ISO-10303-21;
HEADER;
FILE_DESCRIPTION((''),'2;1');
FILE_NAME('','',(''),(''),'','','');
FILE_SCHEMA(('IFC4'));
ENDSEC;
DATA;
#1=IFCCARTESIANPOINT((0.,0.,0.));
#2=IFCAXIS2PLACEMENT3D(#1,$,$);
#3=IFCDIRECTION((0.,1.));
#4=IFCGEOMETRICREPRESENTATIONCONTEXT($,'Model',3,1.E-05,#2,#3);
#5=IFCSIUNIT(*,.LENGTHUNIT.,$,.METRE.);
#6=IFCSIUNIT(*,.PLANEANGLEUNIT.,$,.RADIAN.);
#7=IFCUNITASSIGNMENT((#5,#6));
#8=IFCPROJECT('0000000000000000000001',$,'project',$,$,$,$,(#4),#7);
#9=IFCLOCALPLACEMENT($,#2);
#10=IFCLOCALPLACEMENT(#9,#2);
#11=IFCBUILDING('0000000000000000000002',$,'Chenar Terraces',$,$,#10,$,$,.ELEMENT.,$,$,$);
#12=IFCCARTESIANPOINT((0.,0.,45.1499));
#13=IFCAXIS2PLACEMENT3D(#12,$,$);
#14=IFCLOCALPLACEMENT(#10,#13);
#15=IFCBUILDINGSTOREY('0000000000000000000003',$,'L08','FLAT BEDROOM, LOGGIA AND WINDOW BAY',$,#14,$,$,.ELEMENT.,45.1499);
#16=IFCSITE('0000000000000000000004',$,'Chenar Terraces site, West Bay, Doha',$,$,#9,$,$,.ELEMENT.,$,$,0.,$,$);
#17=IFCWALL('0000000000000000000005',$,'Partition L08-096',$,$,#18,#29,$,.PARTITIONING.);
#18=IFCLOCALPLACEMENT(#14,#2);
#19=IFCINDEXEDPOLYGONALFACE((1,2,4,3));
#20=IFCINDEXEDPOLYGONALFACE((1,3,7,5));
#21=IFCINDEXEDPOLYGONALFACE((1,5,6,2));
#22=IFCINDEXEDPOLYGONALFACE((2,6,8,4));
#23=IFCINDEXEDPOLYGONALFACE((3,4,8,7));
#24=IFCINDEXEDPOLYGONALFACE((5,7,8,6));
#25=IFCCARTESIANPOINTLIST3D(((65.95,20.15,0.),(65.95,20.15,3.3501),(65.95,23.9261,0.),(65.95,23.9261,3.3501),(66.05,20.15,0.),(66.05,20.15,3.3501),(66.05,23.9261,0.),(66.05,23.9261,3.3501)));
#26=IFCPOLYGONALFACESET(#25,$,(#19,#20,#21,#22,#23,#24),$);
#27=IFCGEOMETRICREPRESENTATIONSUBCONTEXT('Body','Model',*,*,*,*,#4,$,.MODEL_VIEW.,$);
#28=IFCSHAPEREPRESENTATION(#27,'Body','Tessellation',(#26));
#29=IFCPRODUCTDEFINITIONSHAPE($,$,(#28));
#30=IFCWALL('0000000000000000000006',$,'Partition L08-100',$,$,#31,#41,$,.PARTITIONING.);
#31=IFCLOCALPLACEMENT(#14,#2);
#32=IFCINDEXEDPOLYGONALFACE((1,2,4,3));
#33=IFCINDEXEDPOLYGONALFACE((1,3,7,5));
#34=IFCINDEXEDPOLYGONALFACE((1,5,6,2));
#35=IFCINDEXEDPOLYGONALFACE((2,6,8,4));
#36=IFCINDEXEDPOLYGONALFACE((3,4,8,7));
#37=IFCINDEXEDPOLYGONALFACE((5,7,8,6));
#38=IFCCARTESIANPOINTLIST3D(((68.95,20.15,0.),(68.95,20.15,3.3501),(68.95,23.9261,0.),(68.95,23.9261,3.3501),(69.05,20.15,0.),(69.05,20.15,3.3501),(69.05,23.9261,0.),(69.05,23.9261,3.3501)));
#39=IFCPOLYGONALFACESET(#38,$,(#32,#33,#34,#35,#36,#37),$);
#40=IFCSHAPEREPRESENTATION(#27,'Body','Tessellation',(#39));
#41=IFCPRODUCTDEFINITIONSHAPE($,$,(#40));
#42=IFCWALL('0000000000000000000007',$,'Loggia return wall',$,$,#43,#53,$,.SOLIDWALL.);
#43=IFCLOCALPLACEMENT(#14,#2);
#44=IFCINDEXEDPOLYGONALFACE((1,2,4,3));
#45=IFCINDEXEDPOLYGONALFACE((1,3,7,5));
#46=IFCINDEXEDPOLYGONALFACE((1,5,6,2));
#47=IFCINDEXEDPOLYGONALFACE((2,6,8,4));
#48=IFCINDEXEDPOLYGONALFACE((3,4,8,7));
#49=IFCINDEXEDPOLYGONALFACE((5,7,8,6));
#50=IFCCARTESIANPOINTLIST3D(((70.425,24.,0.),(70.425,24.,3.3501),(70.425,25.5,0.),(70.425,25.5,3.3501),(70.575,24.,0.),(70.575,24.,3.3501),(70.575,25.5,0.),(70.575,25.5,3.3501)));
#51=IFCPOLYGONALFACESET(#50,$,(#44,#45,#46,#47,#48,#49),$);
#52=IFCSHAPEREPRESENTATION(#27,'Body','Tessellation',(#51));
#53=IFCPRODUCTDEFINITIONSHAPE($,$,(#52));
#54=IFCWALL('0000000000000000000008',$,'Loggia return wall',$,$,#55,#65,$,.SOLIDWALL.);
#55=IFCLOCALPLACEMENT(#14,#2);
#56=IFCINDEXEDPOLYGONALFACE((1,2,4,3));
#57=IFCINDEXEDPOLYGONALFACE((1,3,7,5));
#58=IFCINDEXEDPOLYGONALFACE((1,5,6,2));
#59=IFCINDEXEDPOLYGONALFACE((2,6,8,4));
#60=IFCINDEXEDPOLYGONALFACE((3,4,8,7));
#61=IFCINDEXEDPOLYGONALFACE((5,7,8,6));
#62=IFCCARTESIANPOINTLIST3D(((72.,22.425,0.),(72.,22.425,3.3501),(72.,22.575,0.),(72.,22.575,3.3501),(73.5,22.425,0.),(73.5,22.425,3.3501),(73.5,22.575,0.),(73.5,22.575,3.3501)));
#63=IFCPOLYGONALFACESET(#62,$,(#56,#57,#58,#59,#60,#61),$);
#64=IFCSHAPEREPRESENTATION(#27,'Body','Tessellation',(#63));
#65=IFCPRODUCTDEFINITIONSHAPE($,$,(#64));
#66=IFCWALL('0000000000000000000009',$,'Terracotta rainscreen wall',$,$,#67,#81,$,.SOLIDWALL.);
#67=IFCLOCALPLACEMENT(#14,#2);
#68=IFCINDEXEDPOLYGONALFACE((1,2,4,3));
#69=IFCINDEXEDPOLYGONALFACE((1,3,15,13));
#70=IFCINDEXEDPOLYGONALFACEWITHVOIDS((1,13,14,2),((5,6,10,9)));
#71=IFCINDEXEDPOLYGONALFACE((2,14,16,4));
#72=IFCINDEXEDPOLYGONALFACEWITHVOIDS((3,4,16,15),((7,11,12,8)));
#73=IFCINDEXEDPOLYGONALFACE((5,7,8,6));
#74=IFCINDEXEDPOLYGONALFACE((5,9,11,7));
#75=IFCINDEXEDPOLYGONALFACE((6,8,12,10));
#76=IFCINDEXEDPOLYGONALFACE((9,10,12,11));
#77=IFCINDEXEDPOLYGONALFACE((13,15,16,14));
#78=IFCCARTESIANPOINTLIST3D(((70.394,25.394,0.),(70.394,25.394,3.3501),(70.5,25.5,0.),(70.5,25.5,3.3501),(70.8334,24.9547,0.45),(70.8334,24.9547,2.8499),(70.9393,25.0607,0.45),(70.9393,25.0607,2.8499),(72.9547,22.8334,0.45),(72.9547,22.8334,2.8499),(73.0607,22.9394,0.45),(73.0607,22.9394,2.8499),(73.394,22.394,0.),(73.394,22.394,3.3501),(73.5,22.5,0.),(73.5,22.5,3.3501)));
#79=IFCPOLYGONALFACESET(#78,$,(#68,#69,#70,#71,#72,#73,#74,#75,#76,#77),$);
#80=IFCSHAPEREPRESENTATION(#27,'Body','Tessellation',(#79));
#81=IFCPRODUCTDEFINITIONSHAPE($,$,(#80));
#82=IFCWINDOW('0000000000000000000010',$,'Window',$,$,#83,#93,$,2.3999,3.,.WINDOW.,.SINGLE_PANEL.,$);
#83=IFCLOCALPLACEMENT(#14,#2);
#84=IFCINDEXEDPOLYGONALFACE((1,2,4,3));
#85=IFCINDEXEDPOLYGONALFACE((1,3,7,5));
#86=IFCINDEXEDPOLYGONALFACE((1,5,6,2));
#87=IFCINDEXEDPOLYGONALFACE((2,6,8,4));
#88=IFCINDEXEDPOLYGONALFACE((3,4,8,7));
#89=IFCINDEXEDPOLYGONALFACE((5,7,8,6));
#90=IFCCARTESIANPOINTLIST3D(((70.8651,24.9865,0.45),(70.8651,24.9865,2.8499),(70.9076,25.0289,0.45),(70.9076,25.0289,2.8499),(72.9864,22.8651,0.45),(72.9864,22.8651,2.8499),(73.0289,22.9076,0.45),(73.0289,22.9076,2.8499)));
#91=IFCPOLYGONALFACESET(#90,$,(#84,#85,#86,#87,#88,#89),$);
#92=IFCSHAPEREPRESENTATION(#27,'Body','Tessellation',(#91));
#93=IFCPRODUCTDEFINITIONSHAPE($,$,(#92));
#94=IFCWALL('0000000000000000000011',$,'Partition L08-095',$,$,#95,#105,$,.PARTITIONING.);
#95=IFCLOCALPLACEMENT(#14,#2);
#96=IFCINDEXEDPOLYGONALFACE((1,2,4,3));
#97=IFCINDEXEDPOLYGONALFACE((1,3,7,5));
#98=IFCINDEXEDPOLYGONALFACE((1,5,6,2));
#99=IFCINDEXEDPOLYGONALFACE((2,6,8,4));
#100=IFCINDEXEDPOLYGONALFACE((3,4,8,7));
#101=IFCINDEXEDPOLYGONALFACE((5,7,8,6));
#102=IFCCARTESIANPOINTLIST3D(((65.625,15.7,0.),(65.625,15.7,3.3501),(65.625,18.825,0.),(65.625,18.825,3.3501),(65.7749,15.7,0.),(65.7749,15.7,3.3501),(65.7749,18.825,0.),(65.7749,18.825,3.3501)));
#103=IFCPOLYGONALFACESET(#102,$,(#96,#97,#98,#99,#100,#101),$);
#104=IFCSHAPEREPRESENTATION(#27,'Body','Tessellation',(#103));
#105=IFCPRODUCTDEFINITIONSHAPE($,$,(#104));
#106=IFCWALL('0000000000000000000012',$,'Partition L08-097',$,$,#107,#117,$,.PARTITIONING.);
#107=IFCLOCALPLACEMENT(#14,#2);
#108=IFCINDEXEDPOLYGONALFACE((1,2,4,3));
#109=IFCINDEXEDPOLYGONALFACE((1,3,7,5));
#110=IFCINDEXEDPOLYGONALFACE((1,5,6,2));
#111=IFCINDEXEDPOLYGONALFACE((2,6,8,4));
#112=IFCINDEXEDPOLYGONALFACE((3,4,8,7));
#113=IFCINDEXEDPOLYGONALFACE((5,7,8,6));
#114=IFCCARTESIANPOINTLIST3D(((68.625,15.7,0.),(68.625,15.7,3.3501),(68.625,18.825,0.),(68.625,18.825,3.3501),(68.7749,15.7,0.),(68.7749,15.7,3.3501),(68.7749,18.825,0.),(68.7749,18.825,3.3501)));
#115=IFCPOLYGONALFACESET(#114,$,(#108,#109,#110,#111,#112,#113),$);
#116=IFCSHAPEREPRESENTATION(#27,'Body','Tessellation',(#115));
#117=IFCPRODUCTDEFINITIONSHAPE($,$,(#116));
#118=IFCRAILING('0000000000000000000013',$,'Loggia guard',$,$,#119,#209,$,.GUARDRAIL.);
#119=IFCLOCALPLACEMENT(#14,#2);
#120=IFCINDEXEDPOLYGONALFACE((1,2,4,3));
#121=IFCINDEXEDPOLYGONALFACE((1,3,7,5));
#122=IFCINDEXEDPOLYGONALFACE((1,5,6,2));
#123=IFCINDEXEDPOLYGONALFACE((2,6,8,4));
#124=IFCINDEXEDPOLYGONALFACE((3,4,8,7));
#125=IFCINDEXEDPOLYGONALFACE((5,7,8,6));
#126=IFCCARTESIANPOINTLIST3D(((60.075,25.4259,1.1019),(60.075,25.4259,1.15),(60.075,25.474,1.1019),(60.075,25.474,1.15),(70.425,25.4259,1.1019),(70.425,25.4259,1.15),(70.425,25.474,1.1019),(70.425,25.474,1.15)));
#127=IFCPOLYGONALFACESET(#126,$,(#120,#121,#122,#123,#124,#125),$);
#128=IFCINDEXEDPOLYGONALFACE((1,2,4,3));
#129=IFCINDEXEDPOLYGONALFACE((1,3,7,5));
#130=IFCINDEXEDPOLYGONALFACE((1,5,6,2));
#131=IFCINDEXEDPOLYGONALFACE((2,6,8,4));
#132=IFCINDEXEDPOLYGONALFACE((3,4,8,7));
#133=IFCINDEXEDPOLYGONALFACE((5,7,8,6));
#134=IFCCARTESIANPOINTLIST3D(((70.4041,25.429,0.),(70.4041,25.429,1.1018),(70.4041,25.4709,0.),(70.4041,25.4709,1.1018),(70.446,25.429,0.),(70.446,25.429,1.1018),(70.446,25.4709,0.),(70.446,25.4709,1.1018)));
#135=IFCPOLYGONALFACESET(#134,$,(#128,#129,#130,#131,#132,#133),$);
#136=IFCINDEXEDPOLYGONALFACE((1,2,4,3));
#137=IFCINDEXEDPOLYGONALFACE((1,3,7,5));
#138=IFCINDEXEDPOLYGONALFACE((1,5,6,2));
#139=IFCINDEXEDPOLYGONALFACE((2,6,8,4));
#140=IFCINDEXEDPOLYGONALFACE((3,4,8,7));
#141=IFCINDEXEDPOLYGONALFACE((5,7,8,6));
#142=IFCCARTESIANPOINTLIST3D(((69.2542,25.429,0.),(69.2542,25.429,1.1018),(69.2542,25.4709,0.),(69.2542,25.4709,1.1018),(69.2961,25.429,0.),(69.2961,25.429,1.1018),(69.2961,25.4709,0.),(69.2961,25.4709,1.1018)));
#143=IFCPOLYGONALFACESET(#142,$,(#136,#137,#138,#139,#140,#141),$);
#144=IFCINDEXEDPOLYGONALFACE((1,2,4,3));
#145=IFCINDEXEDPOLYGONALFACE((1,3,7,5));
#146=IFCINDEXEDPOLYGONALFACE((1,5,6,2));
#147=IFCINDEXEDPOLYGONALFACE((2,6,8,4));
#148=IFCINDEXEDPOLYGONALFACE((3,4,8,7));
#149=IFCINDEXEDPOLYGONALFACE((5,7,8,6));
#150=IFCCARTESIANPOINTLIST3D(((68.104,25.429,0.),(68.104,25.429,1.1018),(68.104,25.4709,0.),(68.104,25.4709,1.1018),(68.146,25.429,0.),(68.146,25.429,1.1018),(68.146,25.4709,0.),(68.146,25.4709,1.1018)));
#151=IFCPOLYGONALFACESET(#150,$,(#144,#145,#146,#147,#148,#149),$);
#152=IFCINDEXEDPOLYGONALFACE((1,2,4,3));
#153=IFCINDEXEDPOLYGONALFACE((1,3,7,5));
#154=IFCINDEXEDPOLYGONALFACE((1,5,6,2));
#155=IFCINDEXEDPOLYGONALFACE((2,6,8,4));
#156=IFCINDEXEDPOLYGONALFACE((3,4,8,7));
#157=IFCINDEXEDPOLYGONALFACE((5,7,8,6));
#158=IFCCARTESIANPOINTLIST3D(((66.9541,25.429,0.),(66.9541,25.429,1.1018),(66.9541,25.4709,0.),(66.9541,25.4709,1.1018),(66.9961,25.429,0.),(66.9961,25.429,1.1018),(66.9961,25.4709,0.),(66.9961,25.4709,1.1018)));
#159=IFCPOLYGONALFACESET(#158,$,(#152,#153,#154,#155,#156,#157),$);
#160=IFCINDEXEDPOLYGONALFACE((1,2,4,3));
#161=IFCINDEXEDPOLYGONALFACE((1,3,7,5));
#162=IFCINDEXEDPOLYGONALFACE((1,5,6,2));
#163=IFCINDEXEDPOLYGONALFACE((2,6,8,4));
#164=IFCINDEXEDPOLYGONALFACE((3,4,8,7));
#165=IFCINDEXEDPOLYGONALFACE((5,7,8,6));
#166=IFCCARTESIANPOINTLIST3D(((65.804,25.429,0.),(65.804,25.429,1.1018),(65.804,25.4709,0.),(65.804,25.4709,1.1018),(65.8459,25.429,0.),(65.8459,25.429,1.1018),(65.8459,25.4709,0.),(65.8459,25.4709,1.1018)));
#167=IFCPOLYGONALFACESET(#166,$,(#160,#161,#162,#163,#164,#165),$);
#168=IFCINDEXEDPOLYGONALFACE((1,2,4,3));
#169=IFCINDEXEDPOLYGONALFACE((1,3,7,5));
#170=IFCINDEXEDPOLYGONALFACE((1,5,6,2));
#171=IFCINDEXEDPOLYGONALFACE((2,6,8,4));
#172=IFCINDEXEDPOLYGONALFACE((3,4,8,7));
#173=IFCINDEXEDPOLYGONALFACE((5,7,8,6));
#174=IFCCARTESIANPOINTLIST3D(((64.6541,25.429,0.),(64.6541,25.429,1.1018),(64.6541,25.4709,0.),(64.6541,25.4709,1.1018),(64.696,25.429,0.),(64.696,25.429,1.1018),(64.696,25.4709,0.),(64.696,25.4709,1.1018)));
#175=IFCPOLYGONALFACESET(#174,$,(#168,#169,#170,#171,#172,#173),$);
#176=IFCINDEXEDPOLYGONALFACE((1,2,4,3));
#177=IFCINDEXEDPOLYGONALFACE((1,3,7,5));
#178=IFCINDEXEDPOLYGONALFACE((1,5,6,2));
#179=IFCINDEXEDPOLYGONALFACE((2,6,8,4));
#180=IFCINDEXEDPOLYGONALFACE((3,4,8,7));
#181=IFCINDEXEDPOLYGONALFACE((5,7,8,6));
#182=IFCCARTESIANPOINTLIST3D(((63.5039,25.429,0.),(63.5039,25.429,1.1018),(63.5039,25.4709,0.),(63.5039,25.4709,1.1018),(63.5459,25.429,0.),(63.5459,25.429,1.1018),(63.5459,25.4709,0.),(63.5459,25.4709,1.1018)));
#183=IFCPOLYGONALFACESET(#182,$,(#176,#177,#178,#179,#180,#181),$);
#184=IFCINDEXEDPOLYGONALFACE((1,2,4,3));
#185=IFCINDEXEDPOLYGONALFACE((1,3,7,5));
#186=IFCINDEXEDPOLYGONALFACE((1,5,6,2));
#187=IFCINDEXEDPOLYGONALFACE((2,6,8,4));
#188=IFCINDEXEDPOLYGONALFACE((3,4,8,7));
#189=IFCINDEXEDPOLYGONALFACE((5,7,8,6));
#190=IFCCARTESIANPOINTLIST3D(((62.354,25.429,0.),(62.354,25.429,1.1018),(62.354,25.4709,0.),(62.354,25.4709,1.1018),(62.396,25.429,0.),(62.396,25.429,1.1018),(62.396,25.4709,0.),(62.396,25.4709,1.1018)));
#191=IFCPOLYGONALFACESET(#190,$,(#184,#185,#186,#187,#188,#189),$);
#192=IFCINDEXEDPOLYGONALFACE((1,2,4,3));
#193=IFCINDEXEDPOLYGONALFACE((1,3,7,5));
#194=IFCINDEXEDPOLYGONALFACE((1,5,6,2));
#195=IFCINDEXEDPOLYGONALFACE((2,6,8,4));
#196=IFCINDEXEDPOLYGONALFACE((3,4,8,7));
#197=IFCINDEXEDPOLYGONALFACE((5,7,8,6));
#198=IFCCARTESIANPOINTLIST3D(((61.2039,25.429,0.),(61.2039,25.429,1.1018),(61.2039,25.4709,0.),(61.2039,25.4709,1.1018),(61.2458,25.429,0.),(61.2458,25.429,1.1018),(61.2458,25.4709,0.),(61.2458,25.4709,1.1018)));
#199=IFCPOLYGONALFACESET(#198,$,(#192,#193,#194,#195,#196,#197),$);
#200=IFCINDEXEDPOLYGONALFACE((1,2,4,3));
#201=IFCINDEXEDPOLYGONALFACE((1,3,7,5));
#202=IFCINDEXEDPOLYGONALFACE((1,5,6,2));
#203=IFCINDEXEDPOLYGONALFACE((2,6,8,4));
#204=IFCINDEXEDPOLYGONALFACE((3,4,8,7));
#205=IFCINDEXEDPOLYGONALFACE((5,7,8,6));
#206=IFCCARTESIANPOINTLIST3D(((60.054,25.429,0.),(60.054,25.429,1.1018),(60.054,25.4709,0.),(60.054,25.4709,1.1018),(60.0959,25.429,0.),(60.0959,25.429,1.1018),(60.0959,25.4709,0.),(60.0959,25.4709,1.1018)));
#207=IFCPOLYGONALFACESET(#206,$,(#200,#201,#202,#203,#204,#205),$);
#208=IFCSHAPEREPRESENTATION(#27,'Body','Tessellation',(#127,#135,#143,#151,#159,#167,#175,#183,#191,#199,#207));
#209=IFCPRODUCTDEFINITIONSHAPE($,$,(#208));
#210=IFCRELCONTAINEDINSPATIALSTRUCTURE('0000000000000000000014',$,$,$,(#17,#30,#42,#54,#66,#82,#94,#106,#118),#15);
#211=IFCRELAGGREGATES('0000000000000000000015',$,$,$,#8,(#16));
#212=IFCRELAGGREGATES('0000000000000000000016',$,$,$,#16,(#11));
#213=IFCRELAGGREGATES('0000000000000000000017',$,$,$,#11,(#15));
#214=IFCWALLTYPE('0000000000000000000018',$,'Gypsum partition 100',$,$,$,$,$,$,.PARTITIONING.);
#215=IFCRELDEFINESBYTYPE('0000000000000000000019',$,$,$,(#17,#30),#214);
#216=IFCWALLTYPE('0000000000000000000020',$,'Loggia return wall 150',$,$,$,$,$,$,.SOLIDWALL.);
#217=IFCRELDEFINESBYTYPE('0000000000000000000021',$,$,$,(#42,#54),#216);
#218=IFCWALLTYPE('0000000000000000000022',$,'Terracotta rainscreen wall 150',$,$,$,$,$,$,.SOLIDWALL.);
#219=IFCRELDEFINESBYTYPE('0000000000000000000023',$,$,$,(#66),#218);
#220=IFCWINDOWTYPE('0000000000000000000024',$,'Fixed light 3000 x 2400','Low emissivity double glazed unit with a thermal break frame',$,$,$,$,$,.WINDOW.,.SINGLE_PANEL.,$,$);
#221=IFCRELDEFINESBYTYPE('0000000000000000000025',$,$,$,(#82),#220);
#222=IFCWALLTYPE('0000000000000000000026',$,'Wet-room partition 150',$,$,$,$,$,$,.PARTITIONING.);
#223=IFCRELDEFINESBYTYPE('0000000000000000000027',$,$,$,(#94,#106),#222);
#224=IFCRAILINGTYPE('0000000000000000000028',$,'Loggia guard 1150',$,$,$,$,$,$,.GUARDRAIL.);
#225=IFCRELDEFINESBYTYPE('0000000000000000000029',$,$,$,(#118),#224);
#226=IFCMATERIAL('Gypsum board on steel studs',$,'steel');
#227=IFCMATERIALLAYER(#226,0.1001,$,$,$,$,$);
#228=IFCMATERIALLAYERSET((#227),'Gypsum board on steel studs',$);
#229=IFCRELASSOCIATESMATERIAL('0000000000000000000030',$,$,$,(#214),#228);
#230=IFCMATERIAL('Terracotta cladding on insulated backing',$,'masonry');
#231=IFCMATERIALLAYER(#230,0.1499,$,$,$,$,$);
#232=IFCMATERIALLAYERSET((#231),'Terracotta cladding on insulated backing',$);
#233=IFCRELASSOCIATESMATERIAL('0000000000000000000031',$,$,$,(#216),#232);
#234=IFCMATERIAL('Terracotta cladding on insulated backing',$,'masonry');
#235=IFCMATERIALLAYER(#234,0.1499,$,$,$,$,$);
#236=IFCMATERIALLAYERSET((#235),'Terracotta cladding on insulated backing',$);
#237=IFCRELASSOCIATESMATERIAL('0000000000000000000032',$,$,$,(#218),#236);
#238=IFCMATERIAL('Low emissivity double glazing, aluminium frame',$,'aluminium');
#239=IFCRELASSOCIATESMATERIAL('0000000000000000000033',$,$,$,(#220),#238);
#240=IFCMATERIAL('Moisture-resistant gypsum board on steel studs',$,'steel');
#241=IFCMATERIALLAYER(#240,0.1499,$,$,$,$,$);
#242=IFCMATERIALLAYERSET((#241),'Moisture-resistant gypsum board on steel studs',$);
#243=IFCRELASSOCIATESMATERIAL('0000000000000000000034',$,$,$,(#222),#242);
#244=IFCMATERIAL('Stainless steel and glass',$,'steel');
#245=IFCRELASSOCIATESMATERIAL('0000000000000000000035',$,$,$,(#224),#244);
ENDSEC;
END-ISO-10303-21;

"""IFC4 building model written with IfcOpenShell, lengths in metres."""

from ifc_helpers import new_model, si_unit, direction, frame, frame_2d, origin, origin_2d, place, context, subcontext, project, spatial, rectangle, extrude, material, layer, layer_set, type_object, element, fill, save


model = new_model("IFC4")

# Units and contexts
model_context = context("Model", 3, precision=1e-05, world=origin(), true_north=direction((0.0, 1.0)))
body_context = subcontext(model_context, "Body", "Model", "MODEL_VIEW")
ifc_project = project(units=[si_unit("LENGTHUNIT", "METRE"), si_unit("PLANEANGLEUNIT", "RADIAN")], contexts=[model_context])

# Site, building, storey
site_placement = place(None, origin())
site = spatial("IfcSite", under=ifc_project, at=site_placement, Name="Chenar Terraces site, West Bay, Doha", CompositionType="ELEMENT", RefElevation=0.0)
building_placement = place(site_placement, origin())
building = spatial("IfcBuilding", under=site, at=building_placement, Name="Chenar Terraces", CompositionType="ELEMENT")
storey_placement = place(building_placement, frame((0.0, 0.0, 45.1499)))
storey = spatial("IfcBuildingStorey", under=building, at=storey_placement, Name="L08", Description="FLAT BEDROOM, LOGGIA AND WINDOW BAY", CompositionType="ELEMENT", Elevation=45.1499)

# Walls
ifc_material_1 = material(Name="Gypsum board on steel studs", Category="steel")
ifc_layer_1 = layer(ifc_material_1, 0.1001)
ifc_layer_set_1 = layer_set([ifc_layer_1], Name="Gypsum board on steel studs")
wall_type_1 = type_object("IfcWallType", Name="Gypsum partition 100", PredefinedType="PARTITIONING", material=ifc_layer_set_1)
for number, where, z_axis, x_axis, name in (
    (1, (66.0, 20.1499, 0.0), (0.0, 0.0, 1.0), (0.0, 1.0, 0.0), "Partition L08-096"),
    (2, (69.0, 20.1499, 0.0), (0.0, 0.0, 1.0), (0.0, 1.0, 0.0), "Partition L08-100"),
):
    element("IfcWall", number, at=place(storey_placement, frame(where, z_axis=z_axis, x_axis=x_axis)), inside=storey, type_object=wall_type_1, Name=name, PredefinedType="PARTITIONING", context=body_context, shape_type="SweptSolid", body=[
        extrude(rectangle(XDim=3.7761, YDim=0.1001, at=frame_2d((1.8882, 0.0))), origin(), (0.0, 0.0, 1.0), 3.3501),
    ])
ifc_material_2 = material(Name="Terracotta cladding on insulated backing", Category="masonry")
ifc_layer_2 = layer(ifc_material_2, 0.1499)
ifc_layer_set_2 = layer_set([ifc_layer_2], Name="Terracotta cladding on insulated backing")
wall_type_2 = type_object("IfcWallType", Name="Loggia return wall 150", PredefinedType="SOLIDWALL", material=ifc_layer_set_2)
for number, where, z_axis, x_axis, name in (
    (3, (70.5, 25.5, 0.0), (0.0, 0.0, 1.0), (0.0, -1.0, 0.0), "Loggia return wall"),
    (4, (73.5, 22.5, 0.0), (0.0, 0.0, 1.0), (-1.0, 0.0, 0.0), "Loggia return wall"),
):
    element("IfcWall", number, at=place(storey_placement, frame(where, z_axis=z_axis, x_axis=x_axis)), inside=storey, type_object=wall_type_2, Name=name, PredefinedType="SOLIDWALL", context=body_context, shape_type="SweptSolid", body=[
        extrude(rectangle(XDim=1.5, YDim=0.1499, at=frame_2d((0.75, 0.0))), origin(), (0.0, 0.0, 1.0), 3.3501),
    ])

# Wall, opening, window
ifc_material_3 = material(Name="Terracotta cladding on insulated backing", Category="masonry")
ifc_layer_3 = layer(ifc_material_3, 0.1499)
ifc_layer_set_3 = layer_set([ifc_layer_3], Name="Terracotta cladding on insulated backing")
wall_type_3 = type_object("IfcWallType", Name="Terracotta rainscreen wall 150", PredefinedType="SOLIDWALL", material=ifc_layer_set_3)
wall_1_placement = place(storey_placement, frame((73.447, 22.447, 0.0), z_axis=(0.0, 0.0, 1.0), x_axis=(-0.707107, 0.707107, 0.0)))
wall_1 = element("IfcWall", 5, at=wall_1_placement, inside=storey, type_object=wall_type_3, Name="Terracotta rainscreen wall", PredefinedType="SOLIDWALL", context=body_context, shape_type="SweptSolid", body=[
    extrude(rectangle(XDim=4.2427, YDim=0.1499, at=frame_2d((2.1213, 0.0))), origin(), (0.0, 0.0, 1.0), 3.3501),
])
opening_1_placement = place(wall_1_placement, frame((0.6213, 0.0, 0.45)))
opening_1 = element("IfcOpeningElement", 6, at=opening_1_placement, cuts=wall_1, PredefinedType="OPENING", context=body_context, shape_type="SweptSolid", body=[
    extrude(rectangle(XDim=3.0, YDim=2.3999, at=frame_2d((1.5, 1.2))), frame((0.0, 0.085, 0.0), z_axis=(0.0, -1.0, 0.0), x_axis=(1.0, 0.0, 0.0)), (0.0, 0.0, 1.0), 0.1699),
])
ifc_material_4 = material(Name="Low emissivity double glazing, aluminium frame", Category="aluminium")
window_type_1 = type_object("IfcWindowType", Name="Fixed light 3000 x 2400", Description="Low emissivity double glazed unit with a thermal break frame", PartitioningType="SINGLE_PANEL", PredefinedType="WINDOW", material=ifc_material_4)
window_1_placement = place(opening_1_placement, origin())
window_1 = element("IfcWindow", 7, at=window_1_placement, inside=storey, type_object=window_type_1, Name="Window", OverallHeight=2.3999, OverallWidth=3.0, PartitioningType="SINGLE_PANEL", PredefinedType="WINDOW", context=body_context, shape_type="SweptSolid", body=[
    extrude(rectangle(XDim=3.0, YDim=2.3999, at=frame_2d((1.5, 1.2))), frame((0.0, 0.03, 0.0), z_axis=(0.0, -1.0, 0.0), x_axis=(1.0, 0.0, 0.0)), (0.0, 0.0, 1.0), 0.0601),
])
fill(opening_1, window_1)

# Walls
ifc_material_5 = material(Name="Moisture-resistant gypsum board on steel studs", Category="steel")
ifc_layer_4 = layer(ifc_material_5, 0.1499)
ifc_layer_set_4 = layer_set([ifc_layer_4], Name="Moisture-resistant gypsum board on steel studs")
wall_type_4 = type_object("IfcWallType", Name="Wet-room partition 150", PredefinedType="PARTITIONING", material=ifc_layer_set_4)
for number, where, z_axis, x_axis, name in (
    (8, (65.7, 15.7, 0.0), (0.0, 0.0, 1.0), (0.0, 1.0, 0.0), "Partition L08-095"),
    (9, (68.7, 15.7, 0.0), (0.0, 0.0, 1.0), (0.0, 1.0, 0.0), "Partition L08-097"),
):
    element("IfcWall", number, at=place(storey_placement, frame(where, z_axis=z_axis, x_axis=x_axis)), inside=storey, type_object=wall_type_4, Name=name, PredefinedType="PARTITIONING", context=body_context, shape_type="SweptSolid", body=[
        extrude(rectangle(XDim=3.125, YDim=0.1499, at=frame_2d((1.5625, 0.0))), origin(), (0.0, 0.0, 1.0), 3.3501),
    ])

# Railing
ifc_material_6 = material(Name="Stainless steel and glass", Category="steel")
railing_type = type_object("IfcRailingType", Name="Loggia guard 1150", PredefinedType="GUARDRAIL", material=ifc_material_6)
railing_placement = place(storey_placement, frame((70.425, 25.45, 0.0)))
element("IfcRailing", 10, at=railing_placement, inside=storey, type_object=railing_type, Name="Loggia guard", PredefinedType="GUARDRAIL", context=body_context, shape_type="SweptSolid", body=[
    extrude(rectangle(XDim=0.0481, YDim=0.0481, at=origin_2d()), frame((0.0, 0.0, 1.126), z_axis=(-1.0, 0.0, 0.0), x_axis=(0.0, -1.0, 0.0)), (0.0, 0.0, 1.0), 10.3501),
    extrude(rectangle(XDim=0.042, YDim=0.042, at=origin_2d()), origin(), (0.0, 0.0, 1.0), 1.1018),
    extrude(rectangle(XDim=0.042, YDim=0.042, at=origin_2d()), frame((-1.1499, 0.0, 0.0)), (0.0, 0.0, 1.0), 1.1018),
    extrude(rectangle(XDim=0.042, YDim=0.042, at=origin_2d()), frame((-2.3, 0.0, 0.0)), (0.0, 0.0, 1.0), 1.1018),
    extrude(rectangle(XDim=0.042, YDim=0.042, at=origin_2d()), frame((-3.45, 0.0, 0.0)), (0.0, 0.0, 1.0), 1.1018),
    extrude(rectangle(XDim=0.042, YDim=0.042, at=origin_2d()), frame((-4.6001, 0.0, 0.0)), (0.0, 0.0, 1.0), 1.1018),
    extrude(rectangle(XDim=0.042, YDim=0.042, at=origin_2d()), frame((-5.75, 0.0, 0.0)), (0.0, 0.0, 1.0), 1.1018),
    extrude(rectangle(XDim=0.042, YDim=0.042, at=origin_2d()), frame((-6.9001, 0.0, 0.0)), (0.0, 0.0, 1.0), 1.1018),
    extrude(rectangle(XDim=0.042, YDim=0.042, at=origin_2d()), frame((-8.05, 0.0, 0.0)), (0.0, 0.0, 1.0), 1.1018),
    extrude(rectangle(XDim=0.042, YDim=0.042, at=origin_2d()), frame((-9.2002, 0.0, 0.0)), (0.0, 0.0, 1.0), 1.1018),
    extrude(rectangle(XDim=0.042, YDim=0.042, at=origin_2d()), frame((-10.3501, 0.0, 0.0)), (0.0, 0.0, 1.0), 1.1018),
])

save(model, "model.ifc")
